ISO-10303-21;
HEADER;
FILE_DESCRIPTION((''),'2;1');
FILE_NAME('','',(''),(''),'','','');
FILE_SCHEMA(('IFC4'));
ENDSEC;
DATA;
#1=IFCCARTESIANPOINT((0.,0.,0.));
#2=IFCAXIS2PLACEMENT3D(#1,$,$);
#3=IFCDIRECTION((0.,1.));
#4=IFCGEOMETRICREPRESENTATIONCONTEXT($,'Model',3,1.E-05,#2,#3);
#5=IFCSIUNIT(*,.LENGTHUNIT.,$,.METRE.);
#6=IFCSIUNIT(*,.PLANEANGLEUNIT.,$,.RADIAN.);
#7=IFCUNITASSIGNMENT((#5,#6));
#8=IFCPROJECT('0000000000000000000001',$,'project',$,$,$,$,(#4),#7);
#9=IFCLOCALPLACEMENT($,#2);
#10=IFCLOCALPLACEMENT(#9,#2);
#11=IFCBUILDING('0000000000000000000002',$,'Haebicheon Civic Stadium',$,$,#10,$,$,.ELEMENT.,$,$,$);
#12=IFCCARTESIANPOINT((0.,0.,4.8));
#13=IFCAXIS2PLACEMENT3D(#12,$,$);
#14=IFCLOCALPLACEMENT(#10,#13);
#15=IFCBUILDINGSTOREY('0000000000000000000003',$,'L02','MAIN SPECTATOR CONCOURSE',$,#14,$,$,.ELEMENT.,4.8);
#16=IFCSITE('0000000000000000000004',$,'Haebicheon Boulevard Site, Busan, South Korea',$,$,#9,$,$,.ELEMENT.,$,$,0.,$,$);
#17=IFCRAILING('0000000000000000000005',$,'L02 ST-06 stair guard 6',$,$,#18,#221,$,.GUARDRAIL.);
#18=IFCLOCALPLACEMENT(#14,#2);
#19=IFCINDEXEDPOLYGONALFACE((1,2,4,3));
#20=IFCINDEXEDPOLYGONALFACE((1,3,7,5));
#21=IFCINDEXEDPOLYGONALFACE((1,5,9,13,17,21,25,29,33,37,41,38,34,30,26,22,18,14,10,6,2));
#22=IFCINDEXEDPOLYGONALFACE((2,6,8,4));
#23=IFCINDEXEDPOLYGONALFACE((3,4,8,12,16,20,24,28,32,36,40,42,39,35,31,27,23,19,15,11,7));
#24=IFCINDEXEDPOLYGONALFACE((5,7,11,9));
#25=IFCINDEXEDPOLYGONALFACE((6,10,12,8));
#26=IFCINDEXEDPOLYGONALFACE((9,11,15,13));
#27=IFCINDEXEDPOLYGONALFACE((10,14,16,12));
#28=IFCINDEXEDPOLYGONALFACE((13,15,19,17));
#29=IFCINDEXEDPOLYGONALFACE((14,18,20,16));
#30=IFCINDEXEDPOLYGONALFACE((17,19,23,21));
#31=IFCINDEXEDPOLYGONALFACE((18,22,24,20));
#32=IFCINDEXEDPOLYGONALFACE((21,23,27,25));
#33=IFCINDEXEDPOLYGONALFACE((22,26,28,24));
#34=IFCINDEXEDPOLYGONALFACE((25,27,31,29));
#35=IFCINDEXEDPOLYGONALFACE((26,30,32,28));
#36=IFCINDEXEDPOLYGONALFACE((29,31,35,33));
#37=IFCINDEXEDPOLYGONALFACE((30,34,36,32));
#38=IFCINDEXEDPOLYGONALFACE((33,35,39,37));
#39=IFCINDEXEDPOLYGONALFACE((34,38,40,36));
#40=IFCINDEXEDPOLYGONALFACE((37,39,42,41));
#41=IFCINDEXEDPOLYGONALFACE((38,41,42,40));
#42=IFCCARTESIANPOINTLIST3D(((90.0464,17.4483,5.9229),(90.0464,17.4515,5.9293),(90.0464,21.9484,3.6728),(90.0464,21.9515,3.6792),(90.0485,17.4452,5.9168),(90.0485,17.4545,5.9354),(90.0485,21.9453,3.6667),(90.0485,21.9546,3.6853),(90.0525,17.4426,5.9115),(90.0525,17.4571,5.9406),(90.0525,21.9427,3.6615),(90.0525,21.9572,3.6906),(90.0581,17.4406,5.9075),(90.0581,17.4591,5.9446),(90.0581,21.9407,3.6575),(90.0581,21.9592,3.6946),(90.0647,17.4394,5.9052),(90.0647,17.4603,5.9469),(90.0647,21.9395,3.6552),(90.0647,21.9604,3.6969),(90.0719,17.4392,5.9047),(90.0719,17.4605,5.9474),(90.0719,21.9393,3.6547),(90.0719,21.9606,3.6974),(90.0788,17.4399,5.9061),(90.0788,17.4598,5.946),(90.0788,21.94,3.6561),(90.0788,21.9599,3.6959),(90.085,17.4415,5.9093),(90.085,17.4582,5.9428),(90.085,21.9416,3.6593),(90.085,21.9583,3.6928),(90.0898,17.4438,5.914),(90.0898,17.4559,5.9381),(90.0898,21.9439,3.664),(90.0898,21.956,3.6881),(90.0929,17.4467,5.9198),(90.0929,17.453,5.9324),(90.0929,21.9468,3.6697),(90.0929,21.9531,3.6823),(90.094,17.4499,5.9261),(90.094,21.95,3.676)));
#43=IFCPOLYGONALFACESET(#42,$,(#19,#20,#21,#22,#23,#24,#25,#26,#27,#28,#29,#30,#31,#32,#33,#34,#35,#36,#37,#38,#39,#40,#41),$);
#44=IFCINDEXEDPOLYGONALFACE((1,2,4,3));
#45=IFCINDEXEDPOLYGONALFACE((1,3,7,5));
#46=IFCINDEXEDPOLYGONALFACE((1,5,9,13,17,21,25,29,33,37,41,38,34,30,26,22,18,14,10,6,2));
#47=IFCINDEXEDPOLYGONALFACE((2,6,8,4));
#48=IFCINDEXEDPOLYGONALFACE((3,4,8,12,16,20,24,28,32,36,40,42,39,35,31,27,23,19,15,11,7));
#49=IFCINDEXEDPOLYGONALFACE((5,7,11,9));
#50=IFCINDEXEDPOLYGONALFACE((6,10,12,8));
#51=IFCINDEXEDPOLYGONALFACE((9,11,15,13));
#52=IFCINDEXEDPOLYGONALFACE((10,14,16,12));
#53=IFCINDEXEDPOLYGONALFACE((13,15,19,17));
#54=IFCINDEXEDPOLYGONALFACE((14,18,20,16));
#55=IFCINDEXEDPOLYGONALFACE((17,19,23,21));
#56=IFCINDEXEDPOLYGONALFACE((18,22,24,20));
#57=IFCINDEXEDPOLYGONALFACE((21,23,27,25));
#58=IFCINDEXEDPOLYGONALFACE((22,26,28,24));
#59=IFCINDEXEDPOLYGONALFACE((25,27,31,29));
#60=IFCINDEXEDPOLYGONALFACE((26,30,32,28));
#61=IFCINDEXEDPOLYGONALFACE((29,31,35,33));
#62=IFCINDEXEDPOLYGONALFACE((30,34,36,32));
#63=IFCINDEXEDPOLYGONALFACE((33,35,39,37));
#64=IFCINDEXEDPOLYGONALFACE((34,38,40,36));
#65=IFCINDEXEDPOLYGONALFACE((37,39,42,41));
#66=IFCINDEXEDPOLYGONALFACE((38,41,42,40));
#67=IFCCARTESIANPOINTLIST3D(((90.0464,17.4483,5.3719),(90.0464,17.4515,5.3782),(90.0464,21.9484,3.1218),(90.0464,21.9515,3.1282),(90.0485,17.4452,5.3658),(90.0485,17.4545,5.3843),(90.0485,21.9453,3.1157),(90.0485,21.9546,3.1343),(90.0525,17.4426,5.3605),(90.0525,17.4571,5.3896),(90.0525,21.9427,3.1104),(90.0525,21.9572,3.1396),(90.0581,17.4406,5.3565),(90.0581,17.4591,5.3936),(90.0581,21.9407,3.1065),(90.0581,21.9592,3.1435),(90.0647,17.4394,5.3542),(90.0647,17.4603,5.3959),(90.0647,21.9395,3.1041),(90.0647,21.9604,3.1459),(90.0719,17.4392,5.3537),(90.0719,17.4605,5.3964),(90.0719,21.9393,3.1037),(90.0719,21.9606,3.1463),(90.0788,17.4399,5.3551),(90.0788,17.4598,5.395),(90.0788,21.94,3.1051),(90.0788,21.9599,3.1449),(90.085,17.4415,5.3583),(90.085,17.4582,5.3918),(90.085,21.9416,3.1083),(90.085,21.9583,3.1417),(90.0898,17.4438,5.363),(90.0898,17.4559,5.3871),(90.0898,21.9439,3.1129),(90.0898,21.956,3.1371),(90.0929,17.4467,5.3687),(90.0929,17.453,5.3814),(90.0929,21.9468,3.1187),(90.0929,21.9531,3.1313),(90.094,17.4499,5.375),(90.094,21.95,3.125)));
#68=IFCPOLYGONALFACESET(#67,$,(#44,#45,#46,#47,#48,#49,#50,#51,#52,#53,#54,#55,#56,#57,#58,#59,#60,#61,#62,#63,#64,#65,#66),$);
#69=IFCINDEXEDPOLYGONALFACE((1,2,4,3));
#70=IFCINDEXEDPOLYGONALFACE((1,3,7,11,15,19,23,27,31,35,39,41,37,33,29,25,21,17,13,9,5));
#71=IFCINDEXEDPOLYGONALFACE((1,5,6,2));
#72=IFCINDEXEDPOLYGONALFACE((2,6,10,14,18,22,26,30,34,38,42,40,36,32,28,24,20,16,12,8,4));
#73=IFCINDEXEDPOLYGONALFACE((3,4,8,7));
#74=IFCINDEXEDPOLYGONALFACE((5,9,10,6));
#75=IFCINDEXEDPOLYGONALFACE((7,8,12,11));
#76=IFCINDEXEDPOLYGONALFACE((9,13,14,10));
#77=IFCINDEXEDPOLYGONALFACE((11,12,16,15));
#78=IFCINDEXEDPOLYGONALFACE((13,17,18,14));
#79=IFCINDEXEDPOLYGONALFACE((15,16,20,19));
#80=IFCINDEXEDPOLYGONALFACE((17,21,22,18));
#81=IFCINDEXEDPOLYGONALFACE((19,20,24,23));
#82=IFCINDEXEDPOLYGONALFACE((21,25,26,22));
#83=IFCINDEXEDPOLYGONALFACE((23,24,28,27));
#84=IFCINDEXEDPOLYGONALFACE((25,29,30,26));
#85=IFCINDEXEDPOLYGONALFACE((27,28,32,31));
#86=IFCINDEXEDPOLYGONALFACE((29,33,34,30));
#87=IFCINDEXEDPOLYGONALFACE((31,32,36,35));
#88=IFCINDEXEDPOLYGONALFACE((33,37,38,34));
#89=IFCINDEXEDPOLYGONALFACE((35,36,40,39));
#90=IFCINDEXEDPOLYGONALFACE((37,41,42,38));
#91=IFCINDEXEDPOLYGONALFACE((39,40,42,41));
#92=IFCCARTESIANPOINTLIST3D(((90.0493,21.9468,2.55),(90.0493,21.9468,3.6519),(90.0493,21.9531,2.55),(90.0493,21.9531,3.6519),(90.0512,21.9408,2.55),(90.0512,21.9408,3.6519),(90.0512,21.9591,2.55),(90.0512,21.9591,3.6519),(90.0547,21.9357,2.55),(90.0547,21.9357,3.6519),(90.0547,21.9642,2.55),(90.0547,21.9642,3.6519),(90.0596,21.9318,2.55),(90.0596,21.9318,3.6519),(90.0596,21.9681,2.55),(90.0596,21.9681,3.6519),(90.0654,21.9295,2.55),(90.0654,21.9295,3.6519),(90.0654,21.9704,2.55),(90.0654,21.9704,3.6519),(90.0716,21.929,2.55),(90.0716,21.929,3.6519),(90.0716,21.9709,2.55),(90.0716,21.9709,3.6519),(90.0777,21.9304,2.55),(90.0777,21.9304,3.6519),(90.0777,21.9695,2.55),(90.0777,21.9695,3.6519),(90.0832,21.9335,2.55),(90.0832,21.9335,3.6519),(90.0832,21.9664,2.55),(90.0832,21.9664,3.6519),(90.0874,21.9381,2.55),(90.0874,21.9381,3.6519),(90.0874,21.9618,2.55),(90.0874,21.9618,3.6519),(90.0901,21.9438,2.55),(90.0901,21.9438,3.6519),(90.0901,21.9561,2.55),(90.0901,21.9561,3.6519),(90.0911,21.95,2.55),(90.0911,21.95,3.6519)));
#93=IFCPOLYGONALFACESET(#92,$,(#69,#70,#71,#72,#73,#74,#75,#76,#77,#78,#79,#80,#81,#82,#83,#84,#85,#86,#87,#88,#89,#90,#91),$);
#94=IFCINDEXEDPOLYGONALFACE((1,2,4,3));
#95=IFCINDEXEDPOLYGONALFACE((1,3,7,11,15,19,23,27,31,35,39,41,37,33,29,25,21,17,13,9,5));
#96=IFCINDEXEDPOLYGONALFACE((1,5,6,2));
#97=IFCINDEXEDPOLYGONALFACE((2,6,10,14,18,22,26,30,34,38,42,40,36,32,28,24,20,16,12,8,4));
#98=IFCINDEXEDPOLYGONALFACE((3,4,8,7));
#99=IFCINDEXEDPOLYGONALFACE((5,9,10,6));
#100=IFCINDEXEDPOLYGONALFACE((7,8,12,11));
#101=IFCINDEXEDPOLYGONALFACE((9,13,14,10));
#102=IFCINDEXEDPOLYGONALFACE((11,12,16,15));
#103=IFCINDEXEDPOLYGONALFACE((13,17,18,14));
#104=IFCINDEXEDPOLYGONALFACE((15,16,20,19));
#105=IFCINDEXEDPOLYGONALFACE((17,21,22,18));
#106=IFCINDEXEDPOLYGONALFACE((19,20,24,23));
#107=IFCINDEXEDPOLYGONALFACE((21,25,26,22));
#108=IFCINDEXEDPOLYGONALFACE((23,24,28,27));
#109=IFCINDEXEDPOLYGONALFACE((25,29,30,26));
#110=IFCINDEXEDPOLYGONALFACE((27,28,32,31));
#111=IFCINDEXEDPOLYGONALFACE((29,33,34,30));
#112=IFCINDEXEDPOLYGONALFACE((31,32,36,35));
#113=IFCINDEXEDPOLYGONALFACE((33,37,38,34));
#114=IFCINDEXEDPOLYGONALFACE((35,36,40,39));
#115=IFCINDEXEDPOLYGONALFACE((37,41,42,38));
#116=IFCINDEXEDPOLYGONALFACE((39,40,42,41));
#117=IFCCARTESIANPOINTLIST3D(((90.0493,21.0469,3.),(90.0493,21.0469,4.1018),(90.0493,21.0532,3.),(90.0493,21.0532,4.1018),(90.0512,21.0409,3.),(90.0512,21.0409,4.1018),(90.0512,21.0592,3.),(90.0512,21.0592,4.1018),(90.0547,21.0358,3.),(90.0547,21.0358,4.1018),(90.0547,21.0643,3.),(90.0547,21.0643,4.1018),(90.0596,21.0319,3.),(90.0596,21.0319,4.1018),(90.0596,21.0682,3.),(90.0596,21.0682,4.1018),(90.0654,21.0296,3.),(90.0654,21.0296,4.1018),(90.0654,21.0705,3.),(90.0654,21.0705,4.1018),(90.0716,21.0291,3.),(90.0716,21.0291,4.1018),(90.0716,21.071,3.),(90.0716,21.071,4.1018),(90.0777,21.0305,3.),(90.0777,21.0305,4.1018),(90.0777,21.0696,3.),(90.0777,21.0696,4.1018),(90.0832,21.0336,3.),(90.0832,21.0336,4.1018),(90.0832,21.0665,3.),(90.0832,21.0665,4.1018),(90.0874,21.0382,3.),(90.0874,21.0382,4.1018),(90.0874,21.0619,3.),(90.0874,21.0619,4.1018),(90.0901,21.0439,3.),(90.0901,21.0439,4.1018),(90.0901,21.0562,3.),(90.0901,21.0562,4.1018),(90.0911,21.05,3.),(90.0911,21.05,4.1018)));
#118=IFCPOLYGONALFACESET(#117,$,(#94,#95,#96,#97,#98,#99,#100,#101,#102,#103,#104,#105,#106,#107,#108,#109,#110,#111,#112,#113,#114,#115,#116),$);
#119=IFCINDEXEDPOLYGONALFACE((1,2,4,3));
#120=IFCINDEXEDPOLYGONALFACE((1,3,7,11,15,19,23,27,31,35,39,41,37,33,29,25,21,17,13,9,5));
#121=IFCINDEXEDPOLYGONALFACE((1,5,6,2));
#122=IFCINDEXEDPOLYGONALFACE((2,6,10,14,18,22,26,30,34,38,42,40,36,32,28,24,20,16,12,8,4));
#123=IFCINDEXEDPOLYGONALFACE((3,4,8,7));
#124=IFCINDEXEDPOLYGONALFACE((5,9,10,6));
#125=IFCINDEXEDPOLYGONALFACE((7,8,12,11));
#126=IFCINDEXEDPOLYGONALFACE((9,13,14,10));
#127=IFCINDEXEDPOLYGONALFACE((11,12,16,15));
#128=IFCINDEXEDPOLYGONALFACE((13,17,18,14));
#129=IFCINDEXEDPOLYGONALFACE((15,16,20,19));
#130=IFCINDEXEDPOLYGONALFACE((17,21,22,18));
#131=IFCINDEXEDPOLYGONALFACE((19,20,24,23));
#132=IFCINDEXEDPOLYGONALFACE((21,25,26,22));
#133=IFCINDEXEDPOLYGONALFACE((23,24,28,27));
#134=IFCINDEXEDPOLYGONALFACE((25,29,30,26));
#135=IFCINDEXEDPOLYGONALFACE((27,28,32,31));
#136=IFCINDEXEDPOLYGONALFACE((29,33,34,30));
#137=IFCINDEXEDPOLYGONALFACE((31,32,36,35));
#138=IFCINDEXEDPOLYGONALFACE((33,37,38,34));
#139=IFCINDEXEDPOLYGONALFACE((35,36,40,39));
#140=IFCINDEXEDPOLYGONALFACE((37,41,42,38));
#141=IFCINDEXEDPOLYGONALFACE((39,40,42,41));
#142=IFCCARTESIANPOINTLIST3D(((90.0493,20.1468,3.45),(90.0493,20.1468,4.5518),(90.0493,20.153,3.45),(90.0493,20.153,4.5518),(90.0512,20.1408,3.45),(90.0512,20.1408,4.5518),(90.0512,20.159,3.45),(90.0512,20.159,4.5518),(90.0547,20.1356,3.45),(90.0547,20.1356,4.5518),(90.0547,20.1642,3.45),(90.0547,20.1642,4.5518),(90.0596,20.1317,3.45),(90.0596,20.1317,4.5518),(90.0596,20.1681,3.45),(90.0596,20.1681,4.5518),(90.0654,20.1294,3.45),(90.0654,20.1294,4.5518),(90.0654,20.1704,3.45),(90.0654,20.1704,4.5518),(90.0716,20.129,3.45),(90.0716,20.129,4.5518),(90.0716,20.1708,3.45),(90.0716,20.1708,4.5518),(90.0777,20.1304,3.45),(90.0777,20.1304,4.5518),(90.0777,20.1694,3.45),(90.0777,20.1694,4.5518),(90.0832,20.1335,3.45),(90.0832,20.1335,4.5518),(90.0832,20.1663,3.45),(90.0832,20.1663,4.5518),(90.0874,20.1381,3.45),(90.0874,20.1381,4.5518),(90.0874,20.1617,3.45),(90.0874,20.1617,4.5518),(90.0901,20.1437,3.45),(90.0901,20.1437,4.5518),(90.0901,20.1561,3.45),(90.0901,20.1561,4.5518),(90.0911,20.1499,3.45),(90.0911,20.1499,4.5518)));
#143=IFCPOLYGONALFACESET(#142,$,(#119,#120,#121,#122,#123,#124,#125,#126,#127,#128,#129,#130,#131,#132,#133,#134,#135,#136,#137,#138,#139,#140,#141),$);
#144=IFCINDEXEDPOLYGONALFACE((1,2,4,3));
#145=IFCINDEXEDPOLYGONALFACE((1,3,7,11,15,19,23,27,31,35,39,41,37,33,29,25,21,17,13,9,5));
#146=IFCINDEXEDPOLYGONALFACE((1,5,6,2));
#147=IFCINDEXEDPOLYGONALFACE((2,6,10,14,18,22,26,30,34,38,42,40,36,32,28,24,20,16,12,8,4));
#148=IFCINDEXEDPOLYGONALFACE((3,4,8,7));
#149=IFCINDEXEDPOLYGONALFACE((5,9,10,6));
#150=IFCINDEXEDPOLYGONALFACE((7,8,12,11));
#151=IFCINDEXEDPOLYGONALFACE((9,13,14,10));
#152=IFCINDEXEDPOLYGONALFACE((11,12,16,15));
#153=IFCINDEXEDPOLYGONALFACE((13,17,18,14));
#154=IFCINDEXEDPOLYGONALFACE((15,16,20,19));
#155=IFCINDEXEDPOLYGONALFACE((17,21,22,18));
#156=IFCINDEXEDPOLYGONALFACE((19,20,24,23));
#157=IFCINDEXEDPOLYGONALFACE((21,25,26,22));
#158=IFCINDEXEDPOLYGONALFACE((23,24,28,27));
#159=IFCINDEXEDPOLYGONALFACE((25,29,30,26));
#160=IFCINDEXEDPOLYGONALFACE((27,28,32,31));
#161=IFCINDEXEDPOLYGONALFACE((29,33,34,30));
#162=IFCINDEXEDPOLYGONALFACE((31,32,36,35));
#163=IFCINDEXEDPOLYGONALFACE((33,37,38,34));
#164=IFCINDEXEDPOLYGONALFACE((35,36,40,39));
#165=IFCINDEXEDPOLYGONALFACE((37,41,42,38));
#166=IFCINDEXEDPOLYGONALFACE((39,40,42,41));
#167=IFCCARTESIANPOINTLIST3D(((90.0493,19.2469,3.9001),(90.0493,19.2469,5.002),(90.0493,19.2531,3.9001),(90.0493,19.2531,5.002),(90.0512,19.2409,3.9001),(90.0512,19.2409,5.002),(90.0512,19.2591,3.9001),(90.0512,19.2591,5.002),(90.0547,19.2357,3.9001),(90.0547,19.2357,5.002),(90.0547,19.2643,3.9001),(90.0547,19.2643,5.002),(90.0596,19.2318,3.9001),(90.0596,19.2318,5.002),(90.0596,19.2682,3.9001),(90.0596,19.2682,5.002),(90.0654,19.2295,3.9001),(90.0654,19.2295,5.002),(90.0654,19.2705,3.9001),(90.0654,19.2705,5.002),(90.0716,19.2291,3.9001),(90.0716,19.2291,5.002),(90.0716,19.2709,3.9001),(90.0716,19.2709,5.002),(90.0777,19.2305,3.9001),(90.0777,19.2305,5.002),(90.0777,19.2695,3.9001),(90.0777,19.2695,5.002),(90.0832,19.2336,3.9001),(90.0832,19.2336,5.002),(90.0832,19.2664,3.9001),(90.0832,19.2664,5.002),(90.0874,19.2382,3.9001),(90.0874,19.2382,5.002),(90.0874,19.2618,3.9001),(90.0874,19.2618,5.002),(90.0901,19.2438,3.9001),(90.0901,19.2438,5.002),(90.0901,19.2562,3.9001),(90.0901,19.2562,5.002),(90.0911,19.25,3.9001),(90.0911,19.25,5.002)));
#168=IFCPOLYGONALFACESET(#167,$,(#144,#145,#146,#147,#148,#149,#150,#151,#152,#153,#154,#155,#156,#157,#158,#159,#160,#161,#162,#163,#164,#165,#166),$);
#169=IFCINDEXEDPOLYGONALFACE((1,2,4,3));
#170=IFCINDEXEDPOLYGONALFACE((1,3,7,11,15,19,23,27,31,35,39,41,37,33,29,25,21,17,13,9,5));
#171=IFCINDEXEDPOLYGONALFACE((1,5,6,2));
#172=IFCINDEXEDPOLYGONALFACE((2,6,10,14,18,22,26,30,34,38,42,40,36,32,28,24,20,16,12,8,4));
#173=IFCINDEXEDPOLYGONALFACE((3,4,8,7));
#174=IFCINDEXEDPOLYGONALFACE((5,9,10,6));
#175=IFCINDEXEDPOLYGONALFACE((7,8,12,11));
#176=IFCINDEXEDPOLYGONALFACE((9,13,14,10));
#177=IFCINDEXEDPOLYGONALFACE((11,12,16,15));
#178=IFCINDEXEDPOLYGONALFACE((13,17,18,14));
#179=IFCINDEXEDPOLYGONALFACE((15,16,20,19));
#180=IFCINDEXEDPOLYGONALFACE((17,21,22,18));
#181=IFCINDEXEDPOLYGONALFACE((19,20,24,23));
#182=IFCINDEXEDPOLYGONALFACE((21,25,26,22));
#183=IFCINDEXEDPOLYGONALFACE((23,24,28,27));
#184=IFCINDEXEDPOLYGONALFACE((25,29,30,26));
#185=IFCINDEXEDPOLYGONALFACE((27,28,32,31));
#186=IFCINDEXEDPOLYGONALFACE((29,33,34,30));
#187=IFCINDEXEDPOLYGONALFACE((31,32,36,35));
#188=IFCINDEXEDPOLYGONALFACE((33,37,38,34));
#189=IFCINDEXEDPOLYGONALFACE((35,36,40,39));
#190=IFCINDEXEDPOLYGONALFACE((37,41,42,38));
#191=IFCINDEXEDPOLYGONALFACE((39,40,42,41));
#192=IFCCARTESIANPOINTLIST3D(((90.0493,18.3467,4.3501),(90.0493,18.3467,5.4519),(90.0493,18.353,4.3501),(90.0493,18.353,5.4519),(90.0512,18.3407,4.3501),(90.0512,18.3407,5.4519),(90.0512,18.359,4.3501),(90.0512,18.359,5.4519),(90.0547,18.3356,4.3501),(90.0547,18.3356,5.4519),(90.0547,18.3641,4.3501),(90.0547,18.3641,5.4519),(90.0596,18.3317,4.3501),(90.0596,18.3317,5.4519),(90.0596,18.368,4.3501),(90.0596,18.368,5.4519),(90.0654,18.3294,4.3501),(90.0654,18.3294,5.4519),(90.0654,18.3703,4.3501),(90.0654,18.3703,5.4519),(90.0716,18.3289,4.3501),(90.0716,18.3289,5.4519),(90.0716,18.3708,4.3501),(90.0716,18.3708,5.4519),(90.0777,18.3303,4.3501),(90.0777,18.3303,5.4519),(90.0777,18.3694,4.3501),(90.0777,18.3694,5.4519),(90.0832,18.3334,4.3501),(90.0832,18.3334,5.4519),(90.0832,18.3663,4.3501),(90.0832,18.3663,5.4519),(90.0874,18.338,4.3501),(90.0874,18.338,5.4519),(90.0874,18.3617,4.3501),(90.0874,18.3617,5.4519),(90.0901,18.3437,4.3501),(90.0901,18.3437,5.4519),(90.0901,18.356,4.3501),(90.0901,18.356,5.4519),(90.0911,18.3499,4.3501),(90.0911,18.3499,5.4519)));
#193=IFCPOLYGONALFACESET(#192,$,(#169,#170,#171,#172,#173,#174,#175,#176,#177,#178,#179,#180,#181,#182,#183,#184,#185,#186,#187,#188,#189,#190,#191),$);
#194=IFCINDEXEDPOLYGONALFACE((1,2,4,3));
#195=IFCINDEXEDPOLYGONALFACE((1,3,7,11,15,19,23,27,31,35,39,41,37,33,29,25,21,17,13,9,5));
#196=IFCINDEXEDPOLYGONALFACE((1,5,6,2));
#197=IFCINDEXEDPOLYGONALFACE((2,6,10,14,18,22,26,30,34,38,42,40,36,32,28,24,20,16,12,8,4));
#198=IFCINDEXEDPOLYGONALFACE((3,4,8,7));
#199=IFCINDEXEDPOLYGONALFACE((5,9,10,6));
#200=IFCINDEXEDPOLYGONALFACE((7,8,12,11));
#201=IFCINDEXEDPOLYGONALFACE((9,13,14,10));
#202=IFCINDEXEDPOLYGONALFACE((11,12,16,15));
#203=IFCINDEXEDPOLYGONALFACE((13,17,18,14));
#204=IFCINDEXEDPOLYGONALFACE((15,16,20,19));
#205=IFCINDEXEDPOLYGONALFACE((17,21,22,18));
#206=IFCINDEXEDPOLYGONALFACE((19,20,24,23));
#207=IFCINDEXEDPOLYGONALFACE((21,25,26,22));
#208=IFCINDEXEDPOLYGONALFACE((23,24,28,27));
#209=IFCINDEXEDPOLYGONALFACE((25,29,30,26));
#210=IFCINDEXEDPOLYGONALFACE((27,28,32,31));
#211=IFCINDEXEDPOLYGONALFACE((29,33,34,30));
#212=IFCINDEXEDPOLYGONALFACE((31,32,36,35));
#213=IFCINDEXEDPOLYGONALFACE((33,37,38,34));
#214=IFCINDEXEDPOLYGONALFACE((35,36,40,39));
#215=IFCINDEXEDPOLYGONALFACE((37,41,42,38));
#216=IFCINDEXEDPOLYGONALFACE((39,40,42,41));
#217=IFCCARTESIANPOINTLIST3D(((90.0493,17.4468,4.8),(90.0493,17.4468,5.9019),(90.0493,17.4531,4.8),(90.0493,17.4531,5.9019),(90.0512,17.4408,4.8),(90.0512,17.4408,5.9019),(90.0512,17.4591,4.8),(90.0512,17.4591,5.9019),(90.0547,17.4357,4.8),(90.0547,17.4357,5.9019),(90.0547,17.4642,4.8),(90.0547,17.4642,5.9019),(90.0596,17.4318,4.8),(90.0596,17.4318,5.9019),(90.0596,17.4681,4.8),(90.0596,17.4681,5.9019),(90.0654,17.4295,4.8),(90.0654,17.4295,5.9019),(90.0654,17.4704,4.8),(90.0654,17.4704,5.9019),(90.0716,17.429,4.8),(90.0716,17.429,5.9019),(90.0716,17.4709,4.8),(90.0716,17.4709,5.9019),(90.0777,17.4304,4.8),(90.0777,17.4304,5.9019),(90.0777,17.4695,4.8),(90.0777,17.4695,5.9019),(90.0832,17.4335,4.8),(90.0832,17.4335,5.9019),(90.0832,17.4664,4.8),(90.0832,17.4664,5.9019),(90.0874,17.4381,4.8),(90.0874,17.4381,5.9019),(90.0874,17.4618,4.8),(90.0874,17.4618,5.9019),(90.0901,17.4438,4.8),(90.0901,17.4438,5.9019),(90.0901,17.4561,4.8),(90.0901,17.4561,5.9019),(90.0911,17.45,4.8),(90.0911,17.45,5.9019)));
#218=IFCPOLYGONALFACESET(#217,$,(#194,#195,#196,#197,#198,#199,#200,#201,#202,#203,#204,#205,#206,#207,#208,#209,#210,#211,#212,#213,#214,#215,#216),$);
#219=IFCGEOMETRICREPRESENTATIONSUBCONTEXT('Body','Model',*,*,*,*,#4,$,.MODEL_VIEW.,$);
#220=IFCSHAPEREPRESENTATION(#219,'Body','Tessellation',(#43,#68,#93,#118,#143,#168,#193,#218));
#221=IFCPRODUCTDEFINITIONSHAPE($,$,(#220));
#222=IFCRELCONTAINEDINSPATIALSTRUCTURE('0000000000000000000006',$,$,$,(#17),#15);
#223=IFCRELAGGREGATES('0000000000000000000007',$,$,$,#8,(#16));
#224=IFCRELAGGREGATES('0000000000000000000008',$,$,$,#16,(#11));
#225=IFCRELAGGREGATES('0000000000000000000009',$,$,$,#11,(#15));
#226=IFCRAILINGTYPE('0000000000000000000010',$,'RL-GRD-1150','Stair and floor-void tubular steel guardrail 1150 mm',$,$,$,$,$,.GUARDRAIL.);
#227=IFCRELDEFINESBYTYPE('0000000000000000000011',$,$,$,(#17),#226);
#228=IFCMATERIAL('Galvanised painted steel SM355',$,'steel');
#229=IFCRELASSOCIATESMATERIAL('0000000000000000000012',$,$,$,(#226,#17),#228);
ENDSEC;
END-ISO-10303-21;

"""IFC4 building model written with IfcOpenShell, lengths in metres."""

from ifc_helpers import new_model, si_unit, direction, frame, origin, origin_2d, place, context, subcontext, project, spatial, circle, extrude, material, type_object, element, save


model = new_model("IFC4")

# Units and contexts
model_context = context("Model", 3, precision=1e-05, world=origin(), true_north=direction((0.0, 1.0)))
body_context = subcontext(model_context, "Body", "Model", "MODEL_VIEW")
ifc_project = project(units=[si_unit("LENGTHUNIT", "METRE"), si_unit("PLANEANGLEUNIT", "RADIAN")], contexts=[model_context])

# Site, building, storey
site_placement = place(None, origin())
site = spatial("IfcSite", under=ifc_project, at=site_placement, Name="Haebicheon Boulevard Site, Busan, South Korea", CompositionType="ELEMENT", RefElevation=0.0)
building_placement = place(site_placement, origin())
building = spatial("IfcBuilding", under=site, at=building_placement, Name="Haebicheon Civic Stadium", CompositionType="ELEMENT")
storey_placement = place(building_placement, frame((0.0, 0.0, 4.8)))
storey = spatial("IfcBuildingStorey", under=building, at=storey_placement, Name="L02", Description="MAIN SPECTATOR CONCOURSE", CompositionType="ELEMENT", Elevation=4.8)

# Railing
ifc_material_1 = material(Name="Galvanised painted steel SM355", Category="steel")
railing_type_1 = type_object("IfcRailingType", Name="RL-GRD-1150", Description="Stair and floor-void tubular steel guardrail 1150 mm", PredefinedType="GUARDRAIL", material=ifc_material_1)
railing_1_placement = place(storey_placement, frame((90.0701, 21.95, 2.55)))
element("IfcRailing", 1, at=railing_1_placement, inside=storey, type_object=railing_type_1, material=ifc_material_1, Name="L02 ST-06 stair guard 6", PredefinedType="GUARDRAIL", context=body_context, shape_type="SweptSolid", body=[
    extrude(circle(Radius=0.0239, at=origin_2d()), frame((0.0, 0.0, 1.126), z_axis=(0.0, -0.894427, 0.447214), x_axis=(1.0, 0.0, 0.0)), (0.0, 0.0, 1.0), 5.0312),
    extrude(circle(Radius=0.0239, at=origin_2d()), frame((0.0, 0.0, 0.575), z_axis=(0.0, -0.894427, 0.447214), x_axis=(1.0, 0.0, 0.0)), (0.0, 0.0, 1.0), 5.0312),
    extrude(circle(Radius=0.021, at=origin_2d()), origin(), (0.0, 0.0, 1.0), 1.1018),
    extrude(circle(Radius=0.021, at=origin_2d()), frame((0.0, -0.8999, 0.45)), (0.0, 0.0, 1.0), 1.1018),
    extrude(circle(Radius=0.021, at=origin_2d()), frame((0.0, -1.8, 0.8999)), (0.0, 0.0, 1.0), 1.1018),
    extrude(circle(Radius=0.021, at=origin_2d()), frame((0.0, -2.7, 1.3501)), (0.0, 0.0, 1.0), 1.1018),
    extrude(circle(Radius=0.021, at=origin_2d()), frame((0.0, -3.6001, 1.8)), (0.0, 0.0, 1.0), 1.1018),
    extrude(circle(Radius=0.021, at=origin_2d()), frame((0.0, -4.5, 2.25)), (0.0, 0.0, 1.0), 1.1018),
])

save(model, "model.ifc")
